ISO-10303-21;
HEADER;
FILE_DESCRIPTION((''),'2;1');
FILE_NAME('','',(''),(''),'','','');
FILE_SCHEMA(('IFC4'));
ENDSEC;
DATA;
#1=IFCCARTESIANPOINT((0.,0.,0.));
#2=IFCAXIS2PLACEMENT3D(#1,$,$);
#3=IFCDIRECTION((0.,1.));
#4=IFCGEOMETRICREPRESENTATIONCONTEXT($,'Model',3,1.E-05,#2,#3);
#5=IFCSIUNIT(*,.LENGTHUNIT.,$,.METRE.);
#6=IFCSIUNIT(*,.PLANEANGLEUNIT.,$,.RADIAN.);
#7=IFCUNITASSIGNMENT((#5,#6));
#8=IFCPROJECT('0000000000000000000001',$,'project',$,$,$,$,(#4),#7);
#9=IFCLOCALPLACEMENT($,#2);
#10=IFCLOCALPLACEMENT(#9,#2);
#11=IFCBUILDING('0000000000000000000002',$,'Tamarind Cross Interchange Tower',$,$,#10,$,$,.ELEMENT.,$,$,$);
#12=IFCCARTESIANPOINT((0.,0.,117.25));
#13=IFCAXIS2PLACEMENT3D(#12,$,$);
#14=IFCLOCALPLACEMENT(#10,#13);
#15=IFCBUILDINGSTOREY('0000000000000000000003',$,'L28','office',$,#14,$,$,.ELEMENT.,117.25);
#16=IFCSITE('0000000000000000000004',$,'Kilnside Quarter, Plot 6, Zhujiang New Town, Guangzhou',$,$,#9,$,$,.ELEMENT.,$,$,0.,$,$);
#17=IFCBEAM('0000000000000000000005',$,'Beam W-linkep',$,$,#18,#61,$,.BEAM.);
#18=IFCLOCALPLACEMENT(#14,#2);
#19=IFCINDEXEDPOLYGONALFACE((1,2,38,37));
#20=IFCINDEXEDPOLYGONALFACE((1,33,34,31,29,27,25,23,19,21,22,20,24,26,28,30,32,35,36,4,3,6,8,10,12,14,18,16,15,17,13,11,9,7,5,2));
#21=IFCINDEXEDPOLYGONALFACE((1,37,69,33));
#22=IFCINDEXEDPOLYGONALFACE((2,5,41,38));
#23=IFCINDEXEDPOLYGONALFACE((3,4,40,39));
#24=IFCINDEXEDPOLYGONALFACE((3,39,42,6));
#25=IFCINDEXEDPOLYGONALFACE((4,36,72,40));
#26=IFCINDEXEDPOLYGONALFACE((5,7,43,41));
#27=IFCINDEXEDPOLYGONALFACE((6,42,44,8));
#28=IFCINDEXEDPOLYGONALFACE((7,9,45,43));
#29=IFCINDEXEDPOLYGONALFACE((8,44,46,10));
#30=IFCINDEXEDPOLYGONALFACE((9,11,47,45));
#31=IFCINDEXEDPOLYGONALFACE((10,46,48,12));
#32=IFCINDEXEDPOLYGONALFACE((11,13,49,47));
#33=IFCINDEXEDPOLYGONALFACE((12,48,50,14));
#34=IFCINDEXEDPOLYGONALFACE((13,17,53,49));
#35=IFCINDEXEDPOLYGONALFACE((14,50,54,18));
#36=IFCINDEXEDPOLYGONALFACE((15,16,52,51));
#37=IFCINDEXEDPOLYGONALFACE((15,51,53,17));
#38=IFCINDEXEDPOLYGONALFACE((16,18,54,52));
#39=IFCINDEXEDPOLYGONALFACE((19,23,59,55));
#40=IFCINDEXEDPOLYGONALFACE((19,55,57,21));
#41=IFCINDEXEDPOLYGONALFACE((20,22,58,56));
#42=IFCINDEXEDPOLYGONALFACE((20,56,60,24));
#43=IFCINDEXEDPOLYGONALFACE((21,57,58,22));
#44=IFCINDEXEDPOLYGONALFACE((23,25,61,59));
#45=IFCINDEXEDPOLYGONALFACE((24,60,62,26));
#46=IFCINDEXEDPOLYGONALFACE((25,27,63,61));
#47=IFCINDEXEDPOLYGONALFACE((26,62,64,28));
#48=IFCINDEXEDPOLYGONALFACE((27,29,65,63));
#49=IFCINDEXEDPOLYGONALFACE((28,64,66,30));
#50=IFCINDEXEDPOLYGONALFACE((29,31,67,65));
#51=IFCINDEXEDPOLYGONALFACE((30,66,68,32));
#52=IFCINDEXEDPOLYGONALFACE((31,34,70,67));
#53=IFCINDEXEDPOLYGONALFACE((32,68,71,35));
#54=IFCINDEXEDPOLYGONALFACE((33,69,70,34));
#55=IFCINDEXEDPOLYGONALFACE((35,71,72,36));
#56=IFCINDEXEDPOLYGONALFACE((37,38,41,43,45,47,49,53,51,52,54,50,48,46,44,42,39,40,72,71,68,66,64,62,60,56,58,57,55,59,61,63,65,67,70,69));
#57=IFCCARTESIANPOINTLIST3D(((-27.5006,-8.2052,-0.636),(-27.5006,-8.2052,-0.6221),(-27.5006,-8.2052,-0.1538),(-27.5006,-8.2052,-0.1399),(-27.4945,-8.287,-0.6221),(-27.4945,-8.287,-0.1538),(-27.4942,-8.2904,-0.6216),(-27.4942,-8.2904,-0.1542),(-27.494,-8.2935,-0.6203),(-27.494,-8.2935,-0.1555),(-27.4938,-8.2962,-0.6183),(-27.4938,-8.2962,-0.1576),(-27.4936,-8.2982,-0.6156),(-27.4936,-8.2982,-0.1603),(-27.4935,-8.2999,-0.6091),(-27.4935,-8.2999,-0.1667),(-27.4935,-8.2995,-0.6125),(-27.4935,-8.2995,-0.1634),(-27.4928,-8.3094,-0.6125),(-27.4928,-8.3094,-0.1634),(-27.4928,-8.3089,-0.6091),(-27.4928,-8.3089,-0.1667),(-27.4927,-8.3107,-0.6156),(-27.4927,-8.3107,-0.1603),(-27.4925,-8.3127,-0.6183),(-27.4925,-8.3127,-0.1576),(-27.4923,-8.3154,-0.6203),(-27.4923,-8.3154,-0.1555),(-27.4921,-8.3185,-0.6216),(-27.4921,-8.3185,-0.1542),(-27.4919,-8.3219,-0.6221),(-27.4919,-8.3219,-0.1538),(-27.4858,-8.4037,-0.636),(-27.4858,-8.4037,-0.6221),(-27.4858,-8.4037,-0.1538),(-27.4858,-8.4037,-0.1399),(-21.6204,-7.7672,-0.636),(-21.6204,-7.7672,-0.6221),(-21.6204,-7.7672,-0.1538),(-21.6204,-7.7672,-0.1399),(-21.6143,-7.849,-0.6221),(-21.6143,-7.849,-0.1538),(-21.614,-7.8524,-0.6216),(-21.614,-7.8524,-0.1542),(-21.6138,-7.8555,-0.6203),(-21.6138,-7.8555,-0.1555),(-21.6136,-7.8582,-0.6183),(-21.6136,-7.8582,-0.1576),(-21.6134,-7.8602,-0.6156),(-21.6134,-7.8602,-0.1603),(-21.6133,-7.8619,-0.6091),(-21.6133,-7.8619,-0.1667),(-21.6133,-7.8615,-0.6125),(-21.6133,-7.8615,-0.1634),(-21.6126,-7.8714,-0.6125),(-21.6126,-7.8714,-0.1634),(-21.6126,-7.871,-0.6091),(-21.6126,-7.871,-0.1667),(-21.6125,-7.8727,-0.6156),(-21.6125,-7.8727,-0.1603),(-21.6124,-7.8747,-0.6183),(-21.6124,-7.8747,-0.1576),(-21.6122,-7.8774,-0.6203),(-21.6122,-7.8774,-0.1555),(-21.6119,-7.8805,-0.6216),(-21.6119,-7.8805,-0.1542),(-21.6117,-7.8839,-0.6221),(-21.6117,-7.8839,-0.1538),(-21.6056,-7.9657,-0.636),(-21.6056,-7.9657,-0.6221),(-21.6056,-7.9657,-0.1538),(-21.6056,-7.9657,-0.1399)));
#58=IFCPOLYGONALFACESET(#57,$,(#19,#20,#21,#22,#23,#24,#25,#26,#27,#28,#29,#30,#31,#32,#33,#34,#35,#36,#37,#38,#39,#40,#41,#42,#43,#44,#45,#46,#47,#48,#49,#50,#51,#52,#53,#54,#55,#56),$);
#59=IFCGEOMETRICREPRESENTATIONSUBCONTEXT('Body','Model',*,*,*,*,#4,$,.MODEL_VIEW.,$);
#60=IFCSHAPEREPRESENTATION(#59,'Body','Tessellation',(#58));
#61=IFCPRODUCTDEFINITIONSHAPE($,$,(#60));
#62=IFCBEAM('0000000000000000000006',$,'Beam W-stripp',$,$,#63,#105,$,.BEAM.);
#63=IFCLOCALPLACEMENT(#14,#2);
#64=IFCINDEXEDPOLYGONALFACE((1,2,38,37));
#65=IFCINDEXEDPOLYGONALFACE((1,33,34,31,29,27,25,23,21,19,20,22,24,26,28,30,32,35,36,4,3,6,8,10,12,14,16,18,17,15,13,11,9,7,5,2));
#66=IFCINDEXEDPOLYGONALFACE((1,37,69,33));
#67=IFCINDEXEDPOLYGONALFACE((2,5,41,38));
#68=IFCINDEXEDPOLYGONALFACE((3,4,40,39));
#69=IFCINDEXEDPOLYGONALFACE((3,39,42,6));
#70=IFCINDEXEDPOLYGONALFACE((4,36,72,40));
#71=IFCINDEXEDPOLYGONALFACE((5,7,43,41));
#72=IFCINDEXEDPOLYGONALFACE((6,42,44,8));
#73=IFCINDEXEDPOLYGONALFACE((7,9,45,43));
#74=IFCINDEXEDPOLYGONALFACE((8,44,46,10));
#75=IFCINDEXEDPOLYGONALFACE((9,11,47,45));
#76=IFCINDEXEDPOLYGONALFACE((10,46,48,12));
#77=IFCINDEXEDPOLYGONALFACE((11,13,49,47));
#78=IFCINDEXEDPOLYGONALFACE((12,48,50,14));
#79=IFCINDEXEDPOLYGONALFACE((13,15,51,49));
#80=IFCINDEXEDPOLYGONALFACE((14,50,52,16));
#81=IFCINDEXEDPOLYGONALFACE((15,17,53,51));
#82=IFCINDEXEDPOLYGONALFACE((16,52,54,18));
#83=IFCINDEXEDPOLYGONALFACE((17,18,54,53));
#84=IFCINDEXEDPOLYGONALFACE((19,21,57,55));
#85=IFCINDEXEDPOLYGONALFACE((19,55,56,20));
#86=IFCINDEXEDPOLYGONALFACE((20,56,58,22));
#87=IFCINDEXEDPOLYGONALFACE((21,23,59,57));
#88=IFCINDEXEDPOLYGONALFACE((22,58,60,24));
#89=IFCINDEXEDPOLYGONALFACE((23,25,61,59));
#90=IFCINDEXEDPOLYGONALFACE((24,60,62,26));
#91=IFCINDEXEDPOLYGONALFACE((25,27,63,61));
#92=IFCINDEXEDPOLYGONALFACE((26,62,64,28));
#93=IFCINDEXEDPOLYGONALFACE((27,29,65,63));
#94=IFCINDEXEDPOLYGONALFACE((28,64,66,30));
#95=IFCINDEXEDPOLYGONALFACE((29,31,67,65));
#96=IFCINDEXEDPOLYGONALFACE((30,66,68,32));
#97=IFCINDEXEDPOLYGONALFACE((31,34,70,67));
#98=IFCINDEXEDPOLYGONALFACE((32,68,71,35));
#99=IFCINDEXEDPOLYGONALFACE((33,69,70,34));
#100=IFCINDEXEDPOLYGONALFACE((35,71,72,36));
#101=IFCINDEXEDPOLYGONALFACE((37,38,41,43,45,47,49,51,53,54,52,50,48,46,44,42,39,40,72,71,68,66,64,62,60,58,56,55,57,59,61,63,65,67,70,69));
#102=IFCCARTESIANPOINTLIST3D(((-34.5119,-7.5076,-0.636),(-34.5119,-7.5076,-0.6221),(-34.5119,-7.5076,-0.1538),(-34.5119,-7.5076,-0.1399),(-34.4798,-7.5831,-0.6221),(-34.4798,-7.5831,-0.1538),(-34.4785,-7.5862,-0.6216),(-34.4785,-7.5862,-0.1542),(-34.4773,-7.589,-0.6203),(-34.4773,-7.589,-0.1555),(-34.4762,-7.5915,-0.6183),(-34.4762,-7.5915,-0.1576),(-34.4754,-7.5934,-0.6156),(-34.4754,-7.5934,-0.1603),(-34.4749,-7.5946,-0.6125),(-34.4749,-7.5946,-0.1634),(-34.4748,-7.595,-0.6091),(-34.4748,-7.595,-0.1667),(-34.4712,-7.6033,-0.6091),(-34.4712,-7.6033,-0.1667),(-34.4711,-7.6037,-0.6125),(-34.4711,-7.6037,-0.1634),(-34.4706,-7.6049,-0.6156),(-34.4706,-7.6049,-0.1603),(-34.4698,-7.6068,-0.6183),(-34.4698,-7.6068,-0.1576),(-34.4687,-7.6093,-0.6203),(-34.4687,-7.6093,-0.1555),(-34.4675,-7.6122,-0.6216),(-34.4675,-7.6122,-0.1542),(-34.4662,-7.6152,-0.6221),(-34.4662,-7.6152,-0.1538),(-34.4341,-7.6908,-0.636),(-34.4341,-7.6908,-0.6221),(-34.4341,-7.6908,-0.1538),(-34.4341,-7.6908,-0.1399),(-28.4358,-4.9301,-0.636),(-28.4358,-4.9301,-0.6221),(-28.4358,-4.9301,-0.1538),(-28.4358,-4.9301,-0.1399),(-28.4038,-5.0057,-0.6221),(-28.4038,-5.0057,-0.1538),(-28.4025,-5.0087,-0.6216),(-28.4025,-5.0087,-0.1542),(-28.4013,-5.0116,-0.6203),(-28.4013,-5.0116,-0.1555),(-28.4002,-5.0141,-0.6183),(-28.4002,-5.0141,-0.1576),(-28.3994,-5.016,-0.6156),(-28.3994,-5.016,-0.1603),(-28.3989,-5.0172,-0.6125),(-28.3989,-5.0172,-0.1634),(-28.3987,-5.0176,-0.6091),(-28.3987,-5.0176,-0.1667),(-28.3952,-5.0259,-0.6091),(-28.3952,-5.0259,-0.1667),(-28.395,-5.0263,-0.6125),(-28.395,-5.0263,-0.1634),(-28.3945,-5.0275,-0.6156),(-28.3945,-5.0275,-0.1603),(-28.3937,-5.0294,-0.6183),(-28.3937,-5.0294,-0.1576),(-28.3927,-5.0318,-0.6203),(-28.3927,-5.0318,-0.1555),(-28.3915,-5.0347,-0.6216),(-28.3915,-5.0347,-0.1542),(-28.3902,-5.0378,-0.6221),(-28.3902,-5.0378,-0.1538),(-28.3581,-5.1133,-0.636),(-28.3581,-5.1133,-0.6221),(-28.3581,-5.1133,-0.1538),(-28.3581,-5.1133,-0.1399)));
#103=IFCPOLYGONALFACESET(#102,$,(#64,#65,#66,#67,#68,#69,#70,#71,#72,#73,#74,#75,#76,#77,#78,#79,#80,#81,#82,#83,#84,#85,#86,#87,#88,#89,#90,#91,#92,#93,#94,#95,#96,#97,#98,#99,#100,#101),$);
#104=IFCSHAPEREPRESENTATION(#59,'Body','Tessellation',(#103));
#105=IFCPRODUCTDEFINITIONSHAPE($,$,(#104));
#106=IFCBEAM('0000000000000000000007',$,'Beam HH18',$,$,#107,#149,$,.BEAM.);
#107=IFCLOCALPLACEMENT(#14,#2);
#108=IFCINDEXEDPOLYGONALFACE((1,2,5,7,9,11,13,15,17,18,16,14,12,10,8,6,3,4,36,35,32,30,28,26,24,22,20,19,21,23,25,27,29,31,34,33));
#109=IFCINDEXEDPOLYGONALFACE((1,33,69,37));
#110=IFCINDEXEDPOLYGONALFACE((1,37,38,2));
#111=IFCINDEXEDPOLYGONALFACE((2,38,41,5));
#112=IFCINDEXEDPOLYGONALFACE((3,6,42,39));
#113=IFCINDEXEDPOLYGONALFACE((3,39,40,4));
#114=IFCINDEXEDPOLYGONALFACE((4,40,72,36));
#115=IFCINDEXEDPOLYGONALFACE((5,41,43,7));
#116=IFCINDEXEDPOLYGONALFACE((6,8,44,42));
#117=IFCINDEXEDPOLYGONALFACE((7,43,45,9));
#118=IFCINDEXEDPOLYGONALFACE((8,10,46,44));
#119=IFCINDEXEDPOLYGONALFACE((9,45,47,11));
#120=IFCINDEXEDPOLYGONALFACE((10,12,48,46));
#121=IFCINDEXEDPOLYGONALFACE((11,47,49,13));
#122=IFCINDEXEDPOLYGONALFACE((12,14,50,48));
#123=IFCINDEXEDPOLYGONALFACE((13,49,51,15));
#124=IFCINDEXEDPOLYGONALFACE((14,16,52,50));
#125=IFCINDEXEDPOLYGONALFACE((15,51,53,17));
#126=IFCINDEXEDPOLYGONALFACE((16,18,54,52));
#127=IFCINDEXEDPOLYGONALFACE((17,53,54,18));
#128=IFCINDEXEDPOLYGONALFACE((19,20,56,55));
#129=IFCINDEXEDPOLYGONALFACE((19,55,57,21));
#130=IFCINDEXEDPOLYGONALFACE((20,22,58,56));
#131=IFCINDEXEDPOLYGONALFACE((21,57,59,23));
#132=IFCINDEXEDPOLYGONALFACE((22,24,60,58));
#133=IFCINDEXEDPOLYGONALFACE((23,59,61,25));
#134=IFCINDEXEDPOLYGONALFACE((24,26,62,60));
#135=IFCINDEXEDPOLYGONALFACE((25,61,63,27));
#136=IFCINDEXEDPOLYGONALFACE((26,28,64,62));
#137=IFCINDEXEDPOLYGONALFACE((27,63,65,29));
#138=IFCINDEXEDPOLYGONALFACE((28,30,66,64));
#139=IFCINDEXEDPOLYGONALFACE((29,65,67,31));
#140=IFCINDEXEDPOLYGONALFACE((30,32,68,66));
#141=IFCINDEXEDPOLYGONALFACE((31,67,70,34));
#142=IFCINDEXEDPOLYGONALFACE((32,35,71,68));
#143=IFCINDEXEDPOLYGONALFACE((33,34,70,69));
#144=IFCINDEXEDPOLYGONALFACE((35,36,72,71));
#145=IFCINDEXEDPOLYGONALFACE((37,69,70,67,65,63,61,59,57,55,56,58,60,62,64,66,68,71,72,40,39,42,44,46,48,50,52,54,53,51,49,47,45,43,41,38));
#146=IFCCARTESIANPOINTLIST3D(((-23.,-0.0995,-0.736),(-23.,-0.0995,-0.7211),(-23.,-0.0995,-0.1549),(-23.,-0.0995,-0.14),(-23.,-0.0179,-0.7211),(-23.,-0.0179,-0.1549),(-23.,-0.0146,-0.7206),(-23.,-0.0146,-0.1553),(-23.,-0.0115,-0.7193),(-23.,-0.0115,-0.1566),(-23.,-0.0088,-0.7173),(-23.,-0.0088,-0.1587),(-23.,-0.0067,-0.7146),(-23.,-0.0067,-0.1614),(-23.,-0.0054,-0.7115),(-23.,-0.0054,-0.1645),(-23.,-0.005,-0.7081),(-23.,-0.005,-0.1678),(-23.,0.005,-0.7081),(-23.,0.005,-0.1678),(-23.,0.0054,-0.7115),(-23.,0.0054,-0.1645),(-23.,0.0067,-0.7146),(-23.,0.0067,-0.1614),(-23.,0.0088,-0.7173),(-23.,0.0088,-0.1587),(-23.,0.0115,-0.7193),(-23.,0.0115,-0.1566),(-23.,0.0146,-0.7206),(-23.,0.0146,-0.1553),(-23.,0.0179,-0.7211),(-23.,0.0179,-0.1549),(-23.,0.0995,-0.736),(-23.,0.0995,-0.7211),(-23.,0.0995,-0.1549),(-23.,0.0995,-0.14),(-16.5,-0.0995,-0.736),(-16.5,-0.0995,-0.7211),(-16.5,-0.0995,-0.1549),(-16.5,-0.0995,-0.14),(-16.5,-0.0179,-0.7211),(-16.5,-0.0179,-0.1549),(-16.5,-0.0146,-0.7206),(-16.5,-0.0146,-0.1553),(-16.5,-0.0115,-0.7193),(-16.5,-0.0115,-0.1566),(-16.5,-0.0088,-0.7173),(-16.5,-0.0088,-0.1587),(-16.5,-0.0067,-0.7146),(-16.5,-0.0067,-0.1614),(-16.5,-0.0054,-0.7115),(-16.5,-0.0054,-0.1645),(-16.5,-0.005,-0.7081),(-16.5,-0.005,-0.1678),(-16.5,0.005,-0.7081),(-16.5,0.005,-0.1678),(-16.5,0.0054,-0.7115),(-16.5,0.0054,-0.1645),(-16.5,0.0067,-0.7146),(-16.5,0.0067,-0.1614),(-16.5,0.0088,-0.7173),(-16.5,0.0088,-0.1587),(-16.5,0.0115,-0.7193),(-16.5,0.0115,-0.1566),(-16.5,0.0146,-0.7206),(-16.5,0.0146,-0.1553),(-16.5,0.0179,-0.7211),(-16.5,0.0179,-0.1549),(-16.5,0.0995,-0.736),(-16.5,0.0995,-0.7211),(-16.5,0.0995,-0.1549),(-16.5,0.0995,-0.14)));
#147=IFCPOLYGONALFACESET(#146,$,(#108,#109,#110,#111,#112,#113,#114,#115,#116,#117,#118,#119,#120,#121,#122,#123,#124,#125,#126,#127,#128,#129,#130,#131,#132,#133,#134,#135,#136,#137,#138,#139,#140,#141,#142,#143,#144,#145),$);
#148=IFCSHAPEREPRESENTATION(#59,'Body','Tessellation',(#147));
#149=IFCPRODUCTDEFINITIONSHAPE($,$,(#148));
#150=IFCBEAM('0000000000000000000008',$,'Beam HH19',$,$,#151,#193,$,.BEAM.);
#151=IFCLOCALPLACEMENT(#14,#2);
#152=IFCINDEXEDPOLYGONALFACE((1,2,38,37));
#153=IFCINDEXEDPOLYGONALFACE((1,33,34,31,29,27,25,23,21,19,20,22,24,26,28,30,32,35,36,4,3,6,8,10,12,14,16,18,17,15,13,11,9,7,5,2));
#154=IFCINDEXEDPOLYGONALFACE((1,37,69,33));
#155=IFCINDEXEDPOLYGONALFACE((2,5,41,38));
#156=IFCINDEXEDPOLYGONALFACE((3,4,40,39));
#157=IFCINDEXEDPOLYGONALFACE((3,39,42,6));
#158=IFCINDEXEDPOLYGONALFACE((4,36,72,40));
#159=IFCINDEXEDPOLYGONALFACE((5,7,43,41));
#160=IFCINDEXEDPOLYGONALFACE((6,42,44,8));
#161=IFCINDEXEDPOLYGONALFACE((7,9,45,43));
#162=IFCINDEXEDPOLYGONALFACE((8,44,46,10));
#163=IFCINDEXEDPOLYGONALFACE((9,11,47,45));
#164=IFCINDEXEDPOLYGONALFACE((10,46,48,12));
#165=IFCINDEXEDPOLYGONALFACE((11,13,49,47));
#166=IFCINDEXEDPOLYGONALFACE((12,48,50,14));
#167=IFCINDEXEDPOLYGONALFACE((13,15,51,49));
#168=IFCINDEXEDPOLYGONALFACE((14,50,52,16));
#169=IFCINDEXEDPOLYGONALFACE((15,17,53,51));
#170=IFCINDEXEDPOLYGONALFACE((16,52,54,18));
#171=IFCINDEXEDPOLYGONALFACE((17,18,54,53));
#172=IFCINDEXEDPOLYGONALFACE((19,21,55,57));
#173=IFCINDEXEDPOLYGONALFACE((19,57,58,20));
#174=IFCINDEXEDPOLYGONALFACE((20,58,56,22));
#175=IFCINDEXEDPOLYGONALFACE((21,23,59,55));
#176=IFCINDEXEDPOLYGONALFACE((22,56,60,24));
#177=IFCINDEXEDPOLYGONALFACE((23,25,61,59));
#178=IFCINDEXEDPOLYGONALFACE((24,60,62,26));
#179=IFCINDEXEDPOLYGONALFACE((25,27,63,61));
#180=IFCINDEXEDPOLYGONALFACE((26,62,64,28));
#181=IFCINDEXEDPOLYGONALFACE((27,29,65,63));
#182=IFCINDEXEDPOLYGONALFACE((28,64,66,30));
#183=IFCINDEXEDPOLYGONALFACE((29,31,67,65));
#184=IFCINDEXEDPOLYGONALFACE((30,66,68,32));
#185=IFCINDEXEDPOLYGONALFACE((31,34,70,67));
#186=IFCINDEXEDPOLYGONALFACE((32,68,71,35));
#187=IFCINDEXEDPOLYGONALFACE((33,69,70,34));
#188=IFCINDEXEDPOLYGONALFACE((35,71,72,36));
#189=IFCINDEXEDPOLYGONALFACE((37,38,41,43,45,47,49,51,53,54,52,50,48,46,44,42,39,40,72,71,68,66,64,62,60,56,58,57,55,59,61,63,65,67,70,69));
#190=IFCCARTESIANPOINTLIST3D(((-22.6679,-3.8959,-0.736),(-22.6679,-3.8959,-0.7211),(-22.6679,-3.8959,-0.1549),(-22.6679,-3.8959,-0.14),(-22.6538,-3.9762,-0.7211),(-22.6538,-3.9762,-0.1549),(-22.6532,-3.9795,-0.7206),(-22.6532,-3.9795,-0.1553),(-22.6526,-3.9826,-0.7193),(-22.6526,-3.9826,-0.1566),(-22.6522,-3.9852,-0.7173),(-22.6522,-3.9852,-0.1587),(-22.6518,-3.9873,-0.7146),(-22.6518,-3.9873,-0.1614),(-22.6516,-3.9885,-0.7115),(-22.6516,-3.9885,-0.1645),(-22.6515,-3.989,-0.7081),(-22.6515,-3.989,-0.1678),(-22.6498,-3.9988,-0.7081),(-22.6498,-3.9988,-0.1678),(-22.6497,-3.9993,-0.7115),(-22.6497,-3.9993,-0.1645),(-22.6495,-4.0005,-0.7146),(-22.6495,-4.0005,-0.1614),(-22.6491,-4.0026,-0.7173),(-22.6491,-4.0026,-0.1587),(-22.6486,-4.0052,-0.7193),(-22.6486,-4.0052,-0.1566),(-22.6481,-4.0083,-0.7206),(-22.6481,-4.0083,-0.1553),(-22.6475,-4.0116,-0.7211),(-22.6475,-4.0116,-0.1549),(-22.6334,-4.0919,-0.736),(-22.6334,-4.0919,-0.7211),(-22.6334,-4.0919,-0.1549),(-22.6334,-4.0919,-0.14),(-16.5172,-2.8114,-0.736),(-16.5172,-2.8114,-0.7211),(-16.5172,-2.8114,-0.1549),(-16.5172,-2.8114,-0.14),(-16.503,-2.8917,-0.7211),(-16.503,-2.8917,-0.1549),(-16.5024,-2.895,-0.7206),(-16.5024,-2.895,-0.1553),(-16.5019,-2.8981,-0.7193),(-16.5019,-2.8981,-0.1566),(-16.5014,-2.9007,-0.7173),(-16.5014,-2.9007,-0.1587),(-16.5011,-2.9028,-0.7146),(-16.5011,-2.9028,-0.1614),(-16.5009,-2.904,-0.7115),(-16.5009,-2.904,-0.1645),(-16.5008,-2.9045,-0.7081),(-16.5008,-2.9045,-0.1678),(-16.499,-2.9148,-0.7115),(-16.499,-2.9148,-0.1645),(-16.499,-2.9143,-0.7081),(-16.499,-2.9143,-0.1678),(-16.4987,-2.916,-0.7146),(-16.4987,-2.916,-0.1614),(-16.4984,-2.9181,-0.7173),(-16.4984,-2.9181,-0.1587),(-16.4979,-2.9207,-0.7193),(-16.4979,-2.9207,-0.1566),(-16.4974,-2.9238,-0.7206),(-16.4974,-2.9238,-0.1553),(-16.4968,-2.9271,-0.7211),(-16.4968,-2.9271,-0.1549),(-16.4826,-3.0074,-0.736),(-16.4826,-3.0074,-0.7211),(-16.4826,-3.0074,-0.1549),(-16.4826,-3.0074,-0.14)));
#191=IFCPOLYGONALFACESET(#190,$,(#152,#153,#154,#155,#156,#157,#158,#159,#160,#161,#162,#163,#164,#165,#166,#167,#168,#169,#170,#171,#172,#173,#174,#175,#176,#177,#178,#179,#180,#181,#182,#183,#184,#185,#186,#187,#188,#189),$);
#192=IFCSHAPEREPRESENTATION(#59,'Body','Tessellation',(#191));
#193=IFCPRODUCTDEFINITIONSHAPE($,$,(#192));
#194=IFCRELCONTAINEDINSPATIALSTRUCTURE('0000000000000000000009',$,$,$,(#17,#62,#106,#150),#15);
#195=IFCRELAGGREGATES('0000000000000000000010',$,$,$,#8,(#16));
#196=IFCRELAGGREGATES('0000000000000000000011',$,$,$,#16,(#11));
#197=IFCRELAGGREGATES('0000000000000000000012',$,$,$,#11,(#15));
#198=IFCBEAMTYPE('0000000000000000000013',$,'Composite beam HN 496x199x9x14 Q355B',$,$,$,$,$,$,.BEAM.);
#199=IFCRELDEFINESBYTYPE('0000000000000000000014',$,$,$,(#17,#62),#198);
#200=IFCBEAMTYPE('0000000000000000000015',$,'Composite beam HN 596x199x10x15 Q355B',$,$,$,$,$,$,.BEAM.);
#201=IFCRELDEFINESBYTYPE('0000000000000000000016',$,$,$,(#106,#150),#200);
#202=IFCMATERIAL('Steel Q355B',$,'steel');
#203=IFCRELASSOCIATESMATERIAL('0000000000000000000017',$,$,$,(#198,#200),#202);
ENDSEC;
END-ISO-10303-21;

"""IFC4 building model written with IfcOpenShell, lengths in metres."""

from ifc_helpers import new_model, si_unit, direction, frame, origin, origin_2d, place, context, subcontext, project, spatial, i_section, extrude, material, material_profile, profile_set, type_object, element, save


model = new_model("IFC4")

# Units and contexts
model_context = context("Model", 3, precision=1e-05, world=origin(), true_north=direction((0.0, 1.0)))
body_context = subcontext(model_context, "Body", "Model", "MODEL_VIEW")
ifc_project = project(units=[si_unit("LENGTHUNIT", "METRE"), si_unit("PLANEANGLEUNIT", "RADIAN")], contexts=[model_context])

# Site, building, storey
site_placement = place(None, origin())
site = spatial("IfcSite", under=ifc_project, at=site_placement, Name="Kilnside Quarter, Plot 6, Zhujiang New Town, Guangzhou", CompositionType="ELEMENT", RefElevation=0.0)
building_placement = place(site_placement, origin())
building = spatial("IfcBuilding", under=site, at=building_placement, Name="Tamarind Cross Interchange Tower", CompositionType="ELEMENT")
storey_placement = place(building_placement, frame((0.0, 0.0, 117.25)))
storey = spatial("IfcBuildingStorey", under=building, at=storey_placement, Name="L28", Description="office", CompositionType="ELEMENT", Elevation=117.25)

# Beams
ifc_material_1 = material(Name="Steel Q355B", Category="steel")
ifc_material_profile_1 = material_profile(ifc_material_1, i_section(OverallWidth=0.199, OverallDepth=0.4961, WebThickness=0.009, FlangeThickness=0.0139, FilletRadius=0.0129, at=origin_2d()), Name="HN 496x199x9x14")
ifc_profile_set_1 = profile_set([ifc_material_profile_1], Name="Steel Q355B")
beam_type_1 = type_object("IfcBeamType", Name="Composite beam HN 496x199x9x14 Q355B", PredefinedType="BEAM", material=ifc_profile_set_1)
beam_1_placement = place(storey_placement, frame((-27.4932, -8.3044, -0.3879), z_axis=(0.997237, 0.07428, 0.0), x_axis=(-0.07428, 0.997237, 0.0)))
element("IfcBeam", 1, at=beam_1_placement, inside=storey, type_object=beam_type_1, Name="Beam W-linkep", PredefinedType="BEAM", context=body_context, shape_type="SweptSolid", body=[
    extrude(i_section(OverallWidth=0.199, OverallDepth=0.4961, WebThickness=0.009, FlangeThickness=0.0139, FilletRadius=0.0129, at=origin_2d()), origin(), (0.0, 0.0, 1.0), 5.8965),
])
beam_2_placement = place(storey_placement, frame((-28.397, -5.0217, -0.3879), z_axis=(-0.920597, -0.390515, 0.0), x_axis=(0.390515, -0.920597, 0.0)))
element("IfcBeam", 2, at=beam_2_placement, inside=storey, type_object=beam_type_1, Name="Beam W-stripp", PredefinedType="BEAM", context=body_context, shape_type="SweptSolid", body=[
    extrude(i_section(OverallWidth=0.199, OverallDepth=0.4961, WebThickness=0.009, FlangeThickness=0.0139, FilletRadius=0.0129, at=origin_2d()), origin(), (0.0, 0.0, 1.0), 6.6001),
])
ifc_material_profile_2 = material_profile(ifc_material_1, i_section(OverallWidth=0.199, OverallDepth=0.5959, WebThickness=0.01, FlangeThickness=0.0149, FilletRadius=0.0129, at=origin_2d()), Name="HN 596x199x10x15")
ifc_profile_set_2 = profile_set([ifc_material_profile_2], Name="Steel Q355B")
beam_type_2 = type_object("IfcBeamType", Name="Composite beam HN 596x199x10x15 Q355B", PredefinedType="BEAM", material=ifc_profile_set_2)
beam_3_placement = place(storey_placement, frame((-23.0, 0.0, -0.438), z_axis=(1.0, 0.0, 0.0), x_axis=(0.0, 1.0, 0.0)))
element("IfcBeam", 3, at=beam_3_placement, inside=storey, type_object=beam_type_2, Name="Beam HH18", PredefinedType="BEAM", context=body_context, shape_type="SweptSolid", body=[
    extrude(i_section(OverallWidth=0.199, OverallDepth=0.5959, WebThickness=0.01, FlangeThickness=0.0149, FilletRadius=0.0129, at=origin_2d()), origin(), (0.0, 0.0, 1.0), 6.5),
])
beam_4_placement = place(storey_placement, frame((-22.6506, -3.9939, -0.438), z_axis=(0.984809, 0.17364, 0.0), x_axis=(-0.17364, 0.984809, 0.0)))
element("IfcBeam", 4, at=beam_4_placement, inside=storey, type_object=beam_type_2, Name="Beam HH19", PredefinedType="BEAM", context=body_context, shape_type="SweptSolid", body=[
    extrude(i_section(OverallWidth=0.199, OverallDepth=0.5959, WebThickness=0.01, FlangeThickness=0.0149, FilletRadius=0.0129, at=origin_2d()), origin(), (0.0, 0.0, 1.0), 6.2456),
])

save(model, "model.ifc")
